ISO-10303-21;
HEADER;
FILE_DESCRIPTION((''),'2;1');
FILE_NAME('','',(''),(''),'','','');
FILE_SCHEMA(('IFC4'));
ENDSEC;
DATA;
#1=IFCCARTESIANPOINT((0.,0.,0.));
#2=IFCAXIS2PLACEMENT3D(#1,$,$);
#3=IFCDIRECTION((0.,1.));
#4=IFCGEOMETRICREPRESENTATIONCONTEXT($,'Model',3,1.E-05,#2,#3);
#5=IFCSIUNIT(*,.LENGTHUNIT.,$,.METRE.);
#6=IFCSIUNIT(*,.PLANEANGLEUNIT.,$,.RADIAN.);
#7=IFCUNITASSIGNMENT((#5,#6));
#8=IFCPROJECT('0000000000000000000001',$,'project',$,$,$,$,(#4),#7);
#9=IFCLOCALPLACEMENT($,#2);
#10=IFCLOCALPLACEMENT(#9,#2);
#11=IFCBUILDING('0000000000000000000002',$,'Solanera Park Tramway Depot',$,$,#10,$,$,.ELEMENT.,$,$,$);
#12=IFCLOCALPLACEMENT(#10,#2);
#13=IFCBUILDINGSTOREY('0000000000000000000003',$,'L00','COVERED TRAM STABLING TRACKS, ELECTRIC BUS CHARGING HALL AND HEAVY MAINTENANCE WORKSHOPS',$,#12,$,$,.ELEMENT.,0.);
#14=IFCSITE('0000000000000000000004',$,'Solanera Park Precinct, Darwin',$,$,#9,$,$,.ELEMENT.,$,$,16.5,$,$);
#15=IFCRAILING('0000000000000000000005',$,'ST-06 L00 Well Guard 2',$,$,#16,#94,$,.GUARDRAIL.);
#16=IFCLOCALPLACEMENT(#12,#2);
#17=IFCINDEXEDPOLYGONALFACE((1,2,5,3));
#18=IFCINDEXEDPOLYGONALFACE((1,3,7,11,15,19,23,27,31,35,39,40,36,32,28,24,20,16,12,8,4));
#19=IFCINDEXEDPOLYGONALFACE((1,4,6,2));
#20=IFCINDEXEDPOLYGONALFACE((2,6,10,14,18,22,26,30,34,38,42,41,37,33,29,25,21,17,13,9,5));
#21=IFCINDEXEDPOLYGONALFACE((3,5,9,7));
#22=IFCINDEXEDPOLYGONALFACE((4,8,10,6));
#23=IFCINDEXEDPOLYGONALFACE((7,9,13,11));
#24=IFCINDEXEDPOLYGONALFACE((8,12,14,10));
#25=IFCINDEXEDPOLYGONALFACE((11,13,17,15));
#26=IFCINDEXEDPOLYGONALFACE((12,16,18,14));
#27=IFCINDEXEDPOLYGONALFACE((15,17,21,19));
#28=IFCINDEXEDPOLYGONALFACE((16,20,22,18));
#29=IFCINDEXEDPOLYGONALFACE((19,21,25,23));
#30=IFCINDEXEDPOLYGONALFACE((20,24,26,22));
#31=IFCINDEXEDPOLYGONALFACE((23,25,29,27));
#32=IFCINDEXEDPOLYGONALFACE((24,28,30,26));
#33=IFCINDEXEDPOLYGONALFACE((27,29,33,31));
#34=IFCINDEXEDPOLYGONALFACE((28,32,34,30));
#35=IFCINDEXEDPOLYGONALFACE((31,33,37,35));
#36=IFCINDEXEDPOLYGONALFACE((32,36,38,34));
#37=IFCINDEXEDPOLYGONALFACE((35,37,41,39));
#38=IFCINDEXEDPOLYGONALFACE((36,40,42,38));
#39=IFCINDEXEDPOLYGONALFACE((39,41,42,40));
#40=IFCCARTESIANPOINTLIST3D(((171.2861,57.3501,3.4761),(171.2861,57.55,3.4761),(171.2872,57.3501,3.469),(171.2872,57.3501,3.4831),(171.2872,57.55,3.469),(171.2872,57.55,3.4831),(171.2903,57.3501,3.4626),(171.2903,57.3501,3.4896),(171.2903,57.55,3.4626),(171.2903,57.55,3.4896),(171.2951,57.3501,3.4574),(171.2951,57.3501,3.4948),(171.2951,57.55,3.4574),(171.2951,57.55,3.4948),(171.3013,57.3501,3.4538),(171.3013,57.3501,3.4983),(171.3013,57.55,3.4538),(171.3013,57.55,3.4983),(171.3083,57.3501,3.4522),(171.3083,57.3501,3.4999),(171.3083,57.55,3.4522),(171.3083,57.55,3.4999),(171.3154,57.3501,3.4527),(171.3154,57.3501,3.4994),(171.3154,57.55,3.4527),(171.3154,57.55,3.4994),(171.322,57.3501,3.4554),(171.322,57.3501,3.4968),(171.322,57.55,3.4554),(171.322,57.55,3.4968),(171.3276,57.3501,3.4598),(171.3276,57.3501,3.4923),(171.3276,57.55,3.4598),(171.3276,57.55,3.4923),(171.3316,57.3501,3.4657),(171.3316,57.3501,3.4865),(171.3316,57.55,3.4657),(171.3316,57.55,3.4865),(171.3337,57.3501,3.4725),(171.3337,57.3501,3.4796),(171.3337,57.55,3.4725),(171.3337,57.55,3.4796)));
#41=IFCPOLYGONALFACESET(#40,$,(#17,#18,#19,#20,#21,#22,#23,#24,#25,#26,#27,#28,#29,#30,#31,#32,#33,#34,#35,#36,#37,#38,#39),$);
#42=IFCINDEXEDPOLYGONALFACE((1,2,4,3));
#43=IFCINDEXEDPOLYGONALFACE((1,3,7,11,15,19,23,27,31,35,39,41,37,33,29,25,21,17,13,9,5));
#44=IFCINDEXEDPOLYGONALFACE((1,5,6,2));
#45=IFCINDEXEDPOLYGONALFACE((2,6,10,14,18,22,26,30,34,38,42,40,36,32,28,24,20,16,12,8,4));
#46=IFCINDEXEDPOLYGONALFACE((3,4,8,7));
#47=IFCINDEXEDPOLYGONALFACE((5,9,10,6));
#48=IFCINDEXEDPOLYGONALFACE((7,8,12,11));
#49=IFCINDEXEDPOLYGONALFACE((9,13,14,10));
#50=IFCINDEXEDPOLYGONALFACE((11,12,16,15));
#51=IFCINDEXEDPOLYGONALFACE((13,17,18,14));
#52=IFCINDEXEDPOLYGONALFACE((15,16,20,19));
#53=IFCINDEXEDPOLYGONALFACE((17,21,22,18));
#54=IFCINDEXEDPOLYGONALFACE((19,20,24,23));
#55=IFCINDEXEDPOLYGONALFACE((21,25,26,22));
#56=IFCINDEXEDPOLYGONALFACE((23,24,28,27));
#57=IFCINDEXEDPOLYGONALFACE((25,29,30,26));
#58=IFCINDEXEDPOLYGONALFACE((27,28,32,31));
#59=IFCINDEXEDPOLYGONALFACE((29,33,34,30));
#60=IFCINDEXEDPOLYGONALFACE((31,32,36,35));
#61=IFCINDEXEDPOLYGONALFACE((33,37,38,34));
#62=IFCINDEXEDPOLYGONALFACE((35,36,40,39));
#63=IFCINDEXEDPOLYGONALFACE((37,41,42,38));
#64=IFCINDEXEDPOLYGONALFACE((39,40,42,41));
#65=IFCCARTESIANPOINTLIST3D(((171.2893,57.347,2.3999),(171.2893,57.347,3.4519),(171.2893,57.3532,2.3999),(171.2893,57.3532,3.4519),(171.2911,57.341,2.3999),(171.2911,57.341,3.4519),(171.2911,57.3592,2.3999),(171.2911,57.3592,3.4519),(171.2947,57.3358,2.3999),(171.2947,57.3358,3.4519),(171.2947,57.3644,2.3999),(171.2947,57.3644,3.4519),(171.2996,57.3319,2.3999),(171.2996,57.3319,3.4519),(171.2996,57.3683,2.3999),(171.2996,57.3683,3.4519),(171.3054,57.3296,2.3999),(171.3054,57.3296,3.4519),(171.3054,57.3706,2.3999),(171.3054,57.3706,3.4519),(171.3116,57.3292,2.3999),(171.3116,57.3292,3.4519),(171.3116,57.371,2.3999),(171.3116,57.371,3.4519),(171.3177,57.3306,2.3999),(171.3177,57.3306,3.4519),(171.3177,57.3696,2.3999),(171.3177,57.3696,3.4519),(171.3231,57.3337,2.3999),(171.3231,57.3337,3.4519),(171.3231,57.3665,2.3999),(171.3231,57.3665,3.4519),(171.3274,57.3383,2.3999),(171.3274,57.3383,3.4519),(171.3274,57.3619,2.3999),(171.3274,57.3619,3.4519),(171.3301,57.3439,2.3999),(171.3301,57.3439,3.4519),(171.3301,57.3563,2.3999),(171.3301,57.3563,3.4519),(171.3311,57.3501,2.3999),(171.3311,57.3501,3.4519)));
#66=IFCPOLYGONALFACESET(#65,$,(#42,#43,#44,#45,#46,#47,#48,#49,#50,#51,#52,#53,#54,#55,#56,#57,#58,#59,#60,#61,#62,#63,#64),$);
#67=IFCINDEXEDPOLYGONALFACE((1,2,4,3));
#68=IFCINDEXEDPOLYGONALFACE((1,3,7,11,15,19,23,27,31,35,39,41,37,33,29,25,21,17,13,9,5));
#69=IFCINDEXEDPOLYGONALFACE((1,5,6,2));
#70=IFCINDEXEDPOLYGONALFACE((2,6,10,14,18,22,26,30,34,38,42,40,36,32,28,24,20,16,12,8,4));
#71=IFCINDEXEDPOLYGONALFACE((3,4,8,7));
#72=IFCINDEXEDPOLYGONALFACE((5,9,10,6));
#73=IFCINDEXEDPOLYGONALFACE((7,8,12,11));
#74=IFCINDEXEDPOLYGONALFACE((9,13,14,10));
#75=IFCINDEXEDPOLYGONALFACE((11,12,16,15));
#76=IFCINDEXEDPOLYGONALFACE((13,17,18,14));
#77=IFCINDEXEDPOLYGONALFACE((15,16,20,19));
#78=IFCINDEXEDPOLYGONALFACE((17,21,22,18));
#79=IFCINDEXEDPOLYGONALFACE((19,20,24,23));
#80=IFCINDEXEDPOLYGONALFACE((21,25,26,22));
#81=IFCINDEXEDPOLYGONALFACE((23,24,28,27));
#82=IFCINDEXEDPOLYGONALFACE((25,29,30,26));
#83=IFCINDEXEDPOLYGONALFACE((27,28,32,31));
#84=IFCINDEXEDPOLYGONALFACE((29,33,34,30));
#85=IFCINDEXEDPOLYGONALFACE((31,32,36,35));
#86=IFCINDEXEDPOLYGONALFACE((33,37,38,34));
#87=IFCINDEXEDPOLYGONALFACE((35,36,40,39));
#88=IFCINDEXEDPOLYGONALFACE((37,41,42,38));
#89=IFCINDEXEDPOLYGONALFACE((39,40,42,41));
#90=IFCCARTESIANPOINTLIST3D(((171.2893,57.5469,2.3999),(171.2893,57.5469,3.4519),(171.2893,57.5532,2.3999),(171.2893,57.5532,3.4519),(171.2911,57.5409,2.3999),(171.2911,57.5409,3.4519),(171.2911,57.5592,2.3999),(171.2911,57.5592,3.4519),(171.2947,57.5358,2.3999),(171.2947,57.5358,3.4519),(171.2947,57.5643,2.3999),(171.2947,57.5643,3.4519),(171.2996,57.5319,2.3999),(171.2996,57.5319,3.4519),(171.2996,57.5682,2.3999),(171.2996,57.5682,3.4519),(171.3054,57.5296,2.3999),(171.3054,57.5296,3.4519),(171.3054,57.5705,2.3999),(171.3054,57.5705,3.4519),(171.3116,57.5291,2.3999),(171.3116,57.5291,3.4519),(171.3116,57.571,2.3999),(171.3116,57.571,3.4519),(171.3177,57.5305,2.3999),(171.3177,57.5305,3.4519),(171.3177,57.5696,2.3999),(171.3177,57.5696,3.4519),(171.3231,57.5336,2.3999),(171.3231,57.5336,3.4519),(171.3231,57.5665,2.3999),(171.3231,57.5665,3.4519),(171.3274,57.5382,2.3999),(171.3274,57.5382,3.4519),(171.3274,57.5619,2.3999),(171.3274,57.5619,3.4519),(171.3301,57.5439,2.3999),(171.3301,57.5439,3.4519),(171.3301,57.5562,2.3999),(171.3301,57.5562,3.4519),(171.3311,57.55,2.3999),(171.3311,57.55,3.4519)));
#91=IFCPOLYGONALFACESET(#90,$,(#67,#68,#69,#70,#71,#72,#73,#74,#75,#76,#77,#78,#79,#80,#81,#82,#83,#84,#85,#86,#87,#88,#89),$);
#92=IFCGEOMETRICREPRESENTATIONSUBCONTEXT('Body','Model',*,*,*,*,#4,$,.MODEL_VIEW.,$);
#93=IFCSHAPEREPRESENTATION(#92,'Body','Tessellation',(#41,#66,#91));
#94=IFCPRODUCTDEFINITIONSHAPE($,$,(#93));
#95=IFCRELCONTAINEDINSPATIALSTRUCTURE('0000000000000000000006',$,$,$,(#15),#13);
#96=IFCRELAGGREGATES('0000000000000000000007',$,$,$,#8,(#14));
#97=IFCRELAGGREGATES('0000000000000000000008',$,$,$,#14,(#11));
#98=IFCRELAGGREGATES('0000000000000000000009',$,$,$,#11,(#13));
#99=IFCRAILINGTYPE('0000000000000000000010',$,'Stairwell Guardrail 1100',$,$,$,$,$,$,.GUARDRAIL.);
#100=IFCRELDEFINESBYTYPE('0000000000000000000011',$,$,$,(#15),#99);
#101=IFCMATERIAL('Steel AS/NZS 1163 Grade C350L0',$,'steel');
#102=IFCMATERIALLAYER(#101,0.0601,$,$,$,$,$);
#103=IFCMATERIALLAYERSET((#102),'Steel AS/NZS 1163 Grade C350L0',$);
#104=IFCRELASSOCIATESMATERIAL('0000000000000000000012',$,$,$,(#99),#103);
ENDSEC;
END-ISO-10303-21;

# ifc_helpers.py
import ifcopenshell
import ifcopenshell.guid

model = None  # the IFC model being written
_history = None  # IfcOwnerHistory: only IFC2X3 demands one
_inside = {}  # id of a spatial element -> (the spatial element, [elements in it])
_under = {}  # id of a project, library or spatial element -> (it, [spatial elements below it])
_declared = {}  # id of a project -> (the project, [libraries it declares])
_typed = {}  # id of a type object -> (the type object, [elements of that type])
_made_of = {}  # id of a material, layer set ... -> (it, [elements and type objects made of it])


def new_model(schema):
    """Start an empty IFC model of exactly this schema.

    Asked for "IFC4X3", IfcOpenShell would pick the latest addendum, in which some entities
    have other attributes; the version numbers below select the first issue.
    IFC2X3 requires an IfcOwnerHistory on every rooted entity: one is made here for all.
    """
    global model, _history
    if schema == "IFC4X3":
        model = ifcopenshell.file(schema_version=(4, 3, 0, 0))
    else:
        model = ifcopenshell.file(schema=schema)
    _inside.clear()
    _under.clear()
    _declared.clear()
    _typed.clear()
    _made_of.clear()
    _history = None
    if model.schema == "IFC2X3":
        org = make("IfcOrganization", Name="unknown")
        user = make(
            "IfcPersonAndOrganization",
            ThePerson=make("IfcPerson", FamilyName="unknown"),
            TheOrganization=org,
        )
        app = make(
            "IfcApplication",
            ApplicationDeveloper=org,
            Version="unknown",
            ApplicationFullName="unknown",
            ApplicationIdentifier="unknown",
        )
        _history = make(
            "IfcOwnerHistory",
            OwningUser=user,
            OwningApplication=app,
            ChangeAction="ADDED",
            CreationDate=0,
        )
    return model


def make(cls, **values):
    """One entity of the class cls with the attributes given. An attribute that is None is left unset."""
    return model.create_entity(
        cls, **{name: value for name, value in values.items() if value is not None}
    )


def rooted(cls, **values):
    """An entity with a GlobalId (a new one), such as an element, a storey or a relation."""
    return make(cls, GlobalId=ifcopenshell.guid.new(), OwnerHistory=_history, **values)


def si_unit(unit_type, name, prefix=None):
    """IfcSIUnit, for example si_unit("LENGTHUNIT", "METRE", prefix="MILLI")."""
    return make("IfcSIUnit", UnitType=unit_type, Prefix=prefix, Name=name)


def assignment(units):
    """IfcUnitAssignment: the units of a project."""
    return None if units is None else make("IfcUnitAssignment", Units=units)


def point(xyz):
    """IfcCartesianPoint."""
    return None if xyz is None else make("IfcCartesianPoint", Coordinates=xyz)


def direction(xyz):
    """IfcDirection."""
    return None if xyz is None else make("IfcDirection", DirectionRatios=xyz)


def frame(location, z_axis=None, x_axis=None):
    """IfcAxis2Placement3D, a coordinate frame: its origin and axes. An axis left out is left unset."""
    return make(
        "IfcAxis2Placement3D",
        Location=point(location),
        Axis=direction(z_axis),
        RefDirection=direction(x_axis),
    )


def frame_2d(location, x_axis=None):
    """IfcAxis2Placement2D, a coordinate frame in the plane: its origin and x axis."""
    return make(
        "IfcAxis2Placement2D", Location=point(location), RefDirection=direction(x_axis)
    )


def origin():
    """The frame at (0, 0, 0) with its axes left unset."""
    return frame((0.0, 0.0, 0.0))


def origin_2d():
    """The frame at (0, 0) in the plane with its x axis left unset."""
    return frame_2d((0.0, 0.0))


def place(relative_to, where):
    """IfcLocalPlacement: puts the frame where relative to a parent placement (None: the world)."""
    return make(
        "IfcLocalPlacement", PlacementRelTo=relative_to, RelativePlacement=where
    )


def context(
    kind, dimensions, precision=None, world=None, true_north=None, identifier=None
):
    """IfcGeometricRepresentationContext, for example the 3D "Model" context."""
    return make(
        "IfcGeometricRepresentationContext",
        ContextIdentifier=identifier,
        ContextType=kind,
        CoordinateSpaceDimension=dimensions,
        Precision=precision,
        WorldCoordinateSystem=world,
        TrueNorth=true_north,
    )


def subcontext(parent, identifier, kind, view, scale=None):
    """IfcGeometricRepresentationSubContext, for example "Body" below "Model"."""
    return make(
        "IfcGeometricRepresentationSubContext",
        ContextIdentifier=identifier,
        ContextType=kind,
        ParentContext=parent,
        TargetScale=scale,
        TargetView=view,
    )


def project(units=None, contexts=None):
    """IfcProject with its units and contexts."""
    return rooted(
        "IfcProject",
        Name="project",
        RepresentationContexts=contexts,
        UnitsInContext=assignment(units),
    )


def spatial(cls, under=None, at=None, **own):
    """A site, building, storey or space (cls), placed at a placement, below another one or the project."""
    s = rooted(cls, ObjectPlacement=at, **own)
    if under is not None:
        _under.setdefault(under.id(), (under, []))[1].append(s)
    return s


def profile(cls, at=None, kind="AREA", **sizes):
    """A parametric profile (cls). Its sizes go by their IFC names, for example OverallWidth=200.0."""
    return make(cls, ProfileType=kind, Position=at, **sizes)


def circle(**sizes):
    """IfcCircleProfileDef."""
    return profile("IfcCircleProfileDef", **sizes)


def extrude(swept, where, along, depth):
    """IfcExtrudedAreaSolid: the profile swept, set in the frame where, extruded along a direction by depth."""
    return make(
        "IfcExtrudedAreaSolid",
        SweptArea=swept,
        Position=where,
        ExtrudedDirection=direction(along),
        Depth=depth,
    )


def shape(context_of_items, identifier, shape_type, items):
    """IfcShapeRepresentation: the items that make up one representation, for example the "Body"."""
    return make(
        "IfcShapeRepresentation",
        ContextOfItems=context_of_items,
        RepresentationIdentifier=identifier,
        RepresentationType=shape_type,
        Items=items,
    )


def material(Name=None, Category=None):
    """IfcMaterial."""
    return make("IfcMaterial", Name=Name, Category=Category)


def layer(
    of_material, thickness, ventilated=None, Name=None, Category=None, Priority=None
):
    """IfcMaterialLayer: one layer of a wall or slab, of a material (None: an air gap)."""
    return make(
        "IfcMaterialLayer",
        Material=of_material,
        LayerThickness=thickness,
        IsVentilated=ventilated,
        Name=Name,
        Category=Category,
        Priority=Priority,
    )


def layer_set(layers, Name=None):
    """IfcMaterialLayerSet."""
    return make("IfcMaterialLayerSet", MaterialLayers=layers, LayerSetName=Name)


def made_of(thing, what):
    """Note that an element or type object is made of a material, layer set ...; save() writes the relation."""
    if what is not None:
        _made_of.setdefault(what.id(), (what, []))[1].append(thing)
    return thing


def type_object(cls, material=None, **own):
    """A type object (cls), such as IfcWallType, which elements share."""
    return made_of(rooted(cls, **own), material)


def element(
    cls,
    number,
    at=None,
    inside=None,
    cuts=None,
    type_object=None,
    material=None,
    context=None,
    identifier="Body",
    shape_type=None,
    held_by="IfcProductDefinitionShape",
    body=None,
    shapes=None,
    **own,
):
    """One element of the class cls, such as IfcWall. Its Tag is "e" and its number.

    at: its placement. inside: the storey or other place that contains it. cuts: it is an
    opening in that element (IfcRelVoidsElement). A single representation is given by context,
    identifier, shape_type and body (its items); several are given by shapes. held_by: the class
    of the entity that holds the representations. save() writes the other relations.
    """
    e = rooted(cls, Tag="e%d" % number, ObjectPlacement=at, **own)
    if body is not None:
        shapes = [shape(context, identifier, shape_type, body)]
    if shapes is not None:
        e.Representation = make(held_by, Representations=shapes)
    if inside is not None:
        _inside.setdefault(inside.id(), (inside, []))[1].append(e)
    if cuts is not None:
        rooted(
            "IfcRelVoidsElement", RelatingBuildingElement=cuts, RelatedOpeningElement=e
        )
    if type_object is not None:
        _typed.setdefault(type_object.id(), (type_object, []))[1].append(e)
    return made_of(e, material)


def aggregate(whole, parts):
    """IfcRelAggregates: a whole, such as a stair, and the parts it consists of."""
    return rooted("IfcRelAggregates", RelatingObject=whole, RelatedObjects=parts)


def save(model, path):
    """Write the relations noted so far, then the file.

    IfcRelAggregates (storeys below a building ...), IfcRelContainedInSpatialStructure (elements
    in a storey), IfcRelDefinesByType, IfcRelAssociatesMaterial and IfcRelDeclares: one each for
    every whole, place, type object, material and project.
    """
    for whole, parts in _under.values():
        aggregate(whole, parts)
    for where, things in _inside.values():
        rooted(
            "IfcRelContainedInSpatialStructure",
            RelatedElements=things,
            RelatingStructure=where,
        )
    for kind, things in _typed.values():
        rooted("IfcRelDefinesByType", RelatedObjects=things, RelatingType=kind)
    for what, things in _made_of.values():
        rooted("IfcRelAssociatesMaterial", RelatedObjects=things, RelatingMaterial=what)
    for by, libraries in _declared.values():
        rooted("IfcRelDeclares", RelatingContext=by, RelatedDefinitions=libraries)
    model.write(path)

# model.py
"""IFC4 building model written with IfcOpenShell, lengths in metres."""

from ifc_helpers import new_model, si_unit, direction, frame, origin, origin_2d, place, context, subcontext, project, spatial, circle, extrude, material, layer, layer_set, type_object, element, save


model = new_model("IFC4")

# Units and contexts
model_context = context("Model", 3, precision=1e-05, world=origin(), true_north=direction((0.0, 1.0)))
body_context = subcontext(model_context, "Body", "Model", "MODEL_VIEW")
ifc_project = project(units=[si_unit("LENGTHUNIT", "METRE"), si_unit("PLANEANGLEUNIT", "RADIAN")], contexts=[model_context])

# Site, building, storey
site_placement = place(None, origin())
site = spatial("IfcSite", under=ifc_project, at=site_placement, Name="Solanera Park Precinct, Darwin", CompositionType="ELEMENT", RefElevation=16.5)
building_placement = place(site_placement, origin())
building = spatial("IfcBuilding", under=site, at=building_placement, Name="Solanera Park Tramway Depot", CompositionType="ELEMENT")
storey_placement = place(building_placement, origin())
storey = spatial("IfcBuildingStorey", under=building, at=storey_placement, Name="L00", Description="COVERED TRAM STABLING TRACKS, ELECTRIC BUS CHARGING HALL AND HEAVY MAINTENANCE WORKSHOPS", CompositionType="ELEMENT", Elevation=0.0)

# Railing
ifc_material_1 = material(Name="Steel AS/NZS 1163 Grade C350L0", Category="steel")
ifc_layer_1 = layer(ifc_material_1, 0.0601)
ifc_layer_set_1 = layer_set([ifc_layer_1], Name="Steel AS/NZS 1163 Grade C350L0")
railing_type_1 = type_object("IfcRailingType", Name="Stairwell Guardrail 1100", PredefinedType="GUARDRAIL", material=ifc_layer_set_1)
railing_1_placement = place(storey_placement, frame((171.3101, 57.3501, 2.3999)))
element("IfcRailing", 1, at=railing_1_placement, inside=storey, type_object=railing_type_1, Name="ST-06 L00 Well Guard 2", PredefinedType="GUARDRAIL", context=body_context, shape_type="SweptSolid", body=[
    extrude(circle(Radius=0.0239, at=origin_2d()), frame((0.0, 0.0, 1.0762), z_axis=(0.0, 1.0, 0.0), x_axis=(-1.0, 0.0, 0.0)), (0.0, 0.0, 1.0), 0.2),
    extrude(circle(Radius=0.021, at=origin_2d()), origin(), (0.0, 0.0, 1.0), 1.052),
    extrude(circle(Radius=0.021, at=origin_2d()), frame((0.0, 0.2, 0.0)), (0.0, 0.0, 1.0), 1.052),
])

save(model, "model.ifc")
